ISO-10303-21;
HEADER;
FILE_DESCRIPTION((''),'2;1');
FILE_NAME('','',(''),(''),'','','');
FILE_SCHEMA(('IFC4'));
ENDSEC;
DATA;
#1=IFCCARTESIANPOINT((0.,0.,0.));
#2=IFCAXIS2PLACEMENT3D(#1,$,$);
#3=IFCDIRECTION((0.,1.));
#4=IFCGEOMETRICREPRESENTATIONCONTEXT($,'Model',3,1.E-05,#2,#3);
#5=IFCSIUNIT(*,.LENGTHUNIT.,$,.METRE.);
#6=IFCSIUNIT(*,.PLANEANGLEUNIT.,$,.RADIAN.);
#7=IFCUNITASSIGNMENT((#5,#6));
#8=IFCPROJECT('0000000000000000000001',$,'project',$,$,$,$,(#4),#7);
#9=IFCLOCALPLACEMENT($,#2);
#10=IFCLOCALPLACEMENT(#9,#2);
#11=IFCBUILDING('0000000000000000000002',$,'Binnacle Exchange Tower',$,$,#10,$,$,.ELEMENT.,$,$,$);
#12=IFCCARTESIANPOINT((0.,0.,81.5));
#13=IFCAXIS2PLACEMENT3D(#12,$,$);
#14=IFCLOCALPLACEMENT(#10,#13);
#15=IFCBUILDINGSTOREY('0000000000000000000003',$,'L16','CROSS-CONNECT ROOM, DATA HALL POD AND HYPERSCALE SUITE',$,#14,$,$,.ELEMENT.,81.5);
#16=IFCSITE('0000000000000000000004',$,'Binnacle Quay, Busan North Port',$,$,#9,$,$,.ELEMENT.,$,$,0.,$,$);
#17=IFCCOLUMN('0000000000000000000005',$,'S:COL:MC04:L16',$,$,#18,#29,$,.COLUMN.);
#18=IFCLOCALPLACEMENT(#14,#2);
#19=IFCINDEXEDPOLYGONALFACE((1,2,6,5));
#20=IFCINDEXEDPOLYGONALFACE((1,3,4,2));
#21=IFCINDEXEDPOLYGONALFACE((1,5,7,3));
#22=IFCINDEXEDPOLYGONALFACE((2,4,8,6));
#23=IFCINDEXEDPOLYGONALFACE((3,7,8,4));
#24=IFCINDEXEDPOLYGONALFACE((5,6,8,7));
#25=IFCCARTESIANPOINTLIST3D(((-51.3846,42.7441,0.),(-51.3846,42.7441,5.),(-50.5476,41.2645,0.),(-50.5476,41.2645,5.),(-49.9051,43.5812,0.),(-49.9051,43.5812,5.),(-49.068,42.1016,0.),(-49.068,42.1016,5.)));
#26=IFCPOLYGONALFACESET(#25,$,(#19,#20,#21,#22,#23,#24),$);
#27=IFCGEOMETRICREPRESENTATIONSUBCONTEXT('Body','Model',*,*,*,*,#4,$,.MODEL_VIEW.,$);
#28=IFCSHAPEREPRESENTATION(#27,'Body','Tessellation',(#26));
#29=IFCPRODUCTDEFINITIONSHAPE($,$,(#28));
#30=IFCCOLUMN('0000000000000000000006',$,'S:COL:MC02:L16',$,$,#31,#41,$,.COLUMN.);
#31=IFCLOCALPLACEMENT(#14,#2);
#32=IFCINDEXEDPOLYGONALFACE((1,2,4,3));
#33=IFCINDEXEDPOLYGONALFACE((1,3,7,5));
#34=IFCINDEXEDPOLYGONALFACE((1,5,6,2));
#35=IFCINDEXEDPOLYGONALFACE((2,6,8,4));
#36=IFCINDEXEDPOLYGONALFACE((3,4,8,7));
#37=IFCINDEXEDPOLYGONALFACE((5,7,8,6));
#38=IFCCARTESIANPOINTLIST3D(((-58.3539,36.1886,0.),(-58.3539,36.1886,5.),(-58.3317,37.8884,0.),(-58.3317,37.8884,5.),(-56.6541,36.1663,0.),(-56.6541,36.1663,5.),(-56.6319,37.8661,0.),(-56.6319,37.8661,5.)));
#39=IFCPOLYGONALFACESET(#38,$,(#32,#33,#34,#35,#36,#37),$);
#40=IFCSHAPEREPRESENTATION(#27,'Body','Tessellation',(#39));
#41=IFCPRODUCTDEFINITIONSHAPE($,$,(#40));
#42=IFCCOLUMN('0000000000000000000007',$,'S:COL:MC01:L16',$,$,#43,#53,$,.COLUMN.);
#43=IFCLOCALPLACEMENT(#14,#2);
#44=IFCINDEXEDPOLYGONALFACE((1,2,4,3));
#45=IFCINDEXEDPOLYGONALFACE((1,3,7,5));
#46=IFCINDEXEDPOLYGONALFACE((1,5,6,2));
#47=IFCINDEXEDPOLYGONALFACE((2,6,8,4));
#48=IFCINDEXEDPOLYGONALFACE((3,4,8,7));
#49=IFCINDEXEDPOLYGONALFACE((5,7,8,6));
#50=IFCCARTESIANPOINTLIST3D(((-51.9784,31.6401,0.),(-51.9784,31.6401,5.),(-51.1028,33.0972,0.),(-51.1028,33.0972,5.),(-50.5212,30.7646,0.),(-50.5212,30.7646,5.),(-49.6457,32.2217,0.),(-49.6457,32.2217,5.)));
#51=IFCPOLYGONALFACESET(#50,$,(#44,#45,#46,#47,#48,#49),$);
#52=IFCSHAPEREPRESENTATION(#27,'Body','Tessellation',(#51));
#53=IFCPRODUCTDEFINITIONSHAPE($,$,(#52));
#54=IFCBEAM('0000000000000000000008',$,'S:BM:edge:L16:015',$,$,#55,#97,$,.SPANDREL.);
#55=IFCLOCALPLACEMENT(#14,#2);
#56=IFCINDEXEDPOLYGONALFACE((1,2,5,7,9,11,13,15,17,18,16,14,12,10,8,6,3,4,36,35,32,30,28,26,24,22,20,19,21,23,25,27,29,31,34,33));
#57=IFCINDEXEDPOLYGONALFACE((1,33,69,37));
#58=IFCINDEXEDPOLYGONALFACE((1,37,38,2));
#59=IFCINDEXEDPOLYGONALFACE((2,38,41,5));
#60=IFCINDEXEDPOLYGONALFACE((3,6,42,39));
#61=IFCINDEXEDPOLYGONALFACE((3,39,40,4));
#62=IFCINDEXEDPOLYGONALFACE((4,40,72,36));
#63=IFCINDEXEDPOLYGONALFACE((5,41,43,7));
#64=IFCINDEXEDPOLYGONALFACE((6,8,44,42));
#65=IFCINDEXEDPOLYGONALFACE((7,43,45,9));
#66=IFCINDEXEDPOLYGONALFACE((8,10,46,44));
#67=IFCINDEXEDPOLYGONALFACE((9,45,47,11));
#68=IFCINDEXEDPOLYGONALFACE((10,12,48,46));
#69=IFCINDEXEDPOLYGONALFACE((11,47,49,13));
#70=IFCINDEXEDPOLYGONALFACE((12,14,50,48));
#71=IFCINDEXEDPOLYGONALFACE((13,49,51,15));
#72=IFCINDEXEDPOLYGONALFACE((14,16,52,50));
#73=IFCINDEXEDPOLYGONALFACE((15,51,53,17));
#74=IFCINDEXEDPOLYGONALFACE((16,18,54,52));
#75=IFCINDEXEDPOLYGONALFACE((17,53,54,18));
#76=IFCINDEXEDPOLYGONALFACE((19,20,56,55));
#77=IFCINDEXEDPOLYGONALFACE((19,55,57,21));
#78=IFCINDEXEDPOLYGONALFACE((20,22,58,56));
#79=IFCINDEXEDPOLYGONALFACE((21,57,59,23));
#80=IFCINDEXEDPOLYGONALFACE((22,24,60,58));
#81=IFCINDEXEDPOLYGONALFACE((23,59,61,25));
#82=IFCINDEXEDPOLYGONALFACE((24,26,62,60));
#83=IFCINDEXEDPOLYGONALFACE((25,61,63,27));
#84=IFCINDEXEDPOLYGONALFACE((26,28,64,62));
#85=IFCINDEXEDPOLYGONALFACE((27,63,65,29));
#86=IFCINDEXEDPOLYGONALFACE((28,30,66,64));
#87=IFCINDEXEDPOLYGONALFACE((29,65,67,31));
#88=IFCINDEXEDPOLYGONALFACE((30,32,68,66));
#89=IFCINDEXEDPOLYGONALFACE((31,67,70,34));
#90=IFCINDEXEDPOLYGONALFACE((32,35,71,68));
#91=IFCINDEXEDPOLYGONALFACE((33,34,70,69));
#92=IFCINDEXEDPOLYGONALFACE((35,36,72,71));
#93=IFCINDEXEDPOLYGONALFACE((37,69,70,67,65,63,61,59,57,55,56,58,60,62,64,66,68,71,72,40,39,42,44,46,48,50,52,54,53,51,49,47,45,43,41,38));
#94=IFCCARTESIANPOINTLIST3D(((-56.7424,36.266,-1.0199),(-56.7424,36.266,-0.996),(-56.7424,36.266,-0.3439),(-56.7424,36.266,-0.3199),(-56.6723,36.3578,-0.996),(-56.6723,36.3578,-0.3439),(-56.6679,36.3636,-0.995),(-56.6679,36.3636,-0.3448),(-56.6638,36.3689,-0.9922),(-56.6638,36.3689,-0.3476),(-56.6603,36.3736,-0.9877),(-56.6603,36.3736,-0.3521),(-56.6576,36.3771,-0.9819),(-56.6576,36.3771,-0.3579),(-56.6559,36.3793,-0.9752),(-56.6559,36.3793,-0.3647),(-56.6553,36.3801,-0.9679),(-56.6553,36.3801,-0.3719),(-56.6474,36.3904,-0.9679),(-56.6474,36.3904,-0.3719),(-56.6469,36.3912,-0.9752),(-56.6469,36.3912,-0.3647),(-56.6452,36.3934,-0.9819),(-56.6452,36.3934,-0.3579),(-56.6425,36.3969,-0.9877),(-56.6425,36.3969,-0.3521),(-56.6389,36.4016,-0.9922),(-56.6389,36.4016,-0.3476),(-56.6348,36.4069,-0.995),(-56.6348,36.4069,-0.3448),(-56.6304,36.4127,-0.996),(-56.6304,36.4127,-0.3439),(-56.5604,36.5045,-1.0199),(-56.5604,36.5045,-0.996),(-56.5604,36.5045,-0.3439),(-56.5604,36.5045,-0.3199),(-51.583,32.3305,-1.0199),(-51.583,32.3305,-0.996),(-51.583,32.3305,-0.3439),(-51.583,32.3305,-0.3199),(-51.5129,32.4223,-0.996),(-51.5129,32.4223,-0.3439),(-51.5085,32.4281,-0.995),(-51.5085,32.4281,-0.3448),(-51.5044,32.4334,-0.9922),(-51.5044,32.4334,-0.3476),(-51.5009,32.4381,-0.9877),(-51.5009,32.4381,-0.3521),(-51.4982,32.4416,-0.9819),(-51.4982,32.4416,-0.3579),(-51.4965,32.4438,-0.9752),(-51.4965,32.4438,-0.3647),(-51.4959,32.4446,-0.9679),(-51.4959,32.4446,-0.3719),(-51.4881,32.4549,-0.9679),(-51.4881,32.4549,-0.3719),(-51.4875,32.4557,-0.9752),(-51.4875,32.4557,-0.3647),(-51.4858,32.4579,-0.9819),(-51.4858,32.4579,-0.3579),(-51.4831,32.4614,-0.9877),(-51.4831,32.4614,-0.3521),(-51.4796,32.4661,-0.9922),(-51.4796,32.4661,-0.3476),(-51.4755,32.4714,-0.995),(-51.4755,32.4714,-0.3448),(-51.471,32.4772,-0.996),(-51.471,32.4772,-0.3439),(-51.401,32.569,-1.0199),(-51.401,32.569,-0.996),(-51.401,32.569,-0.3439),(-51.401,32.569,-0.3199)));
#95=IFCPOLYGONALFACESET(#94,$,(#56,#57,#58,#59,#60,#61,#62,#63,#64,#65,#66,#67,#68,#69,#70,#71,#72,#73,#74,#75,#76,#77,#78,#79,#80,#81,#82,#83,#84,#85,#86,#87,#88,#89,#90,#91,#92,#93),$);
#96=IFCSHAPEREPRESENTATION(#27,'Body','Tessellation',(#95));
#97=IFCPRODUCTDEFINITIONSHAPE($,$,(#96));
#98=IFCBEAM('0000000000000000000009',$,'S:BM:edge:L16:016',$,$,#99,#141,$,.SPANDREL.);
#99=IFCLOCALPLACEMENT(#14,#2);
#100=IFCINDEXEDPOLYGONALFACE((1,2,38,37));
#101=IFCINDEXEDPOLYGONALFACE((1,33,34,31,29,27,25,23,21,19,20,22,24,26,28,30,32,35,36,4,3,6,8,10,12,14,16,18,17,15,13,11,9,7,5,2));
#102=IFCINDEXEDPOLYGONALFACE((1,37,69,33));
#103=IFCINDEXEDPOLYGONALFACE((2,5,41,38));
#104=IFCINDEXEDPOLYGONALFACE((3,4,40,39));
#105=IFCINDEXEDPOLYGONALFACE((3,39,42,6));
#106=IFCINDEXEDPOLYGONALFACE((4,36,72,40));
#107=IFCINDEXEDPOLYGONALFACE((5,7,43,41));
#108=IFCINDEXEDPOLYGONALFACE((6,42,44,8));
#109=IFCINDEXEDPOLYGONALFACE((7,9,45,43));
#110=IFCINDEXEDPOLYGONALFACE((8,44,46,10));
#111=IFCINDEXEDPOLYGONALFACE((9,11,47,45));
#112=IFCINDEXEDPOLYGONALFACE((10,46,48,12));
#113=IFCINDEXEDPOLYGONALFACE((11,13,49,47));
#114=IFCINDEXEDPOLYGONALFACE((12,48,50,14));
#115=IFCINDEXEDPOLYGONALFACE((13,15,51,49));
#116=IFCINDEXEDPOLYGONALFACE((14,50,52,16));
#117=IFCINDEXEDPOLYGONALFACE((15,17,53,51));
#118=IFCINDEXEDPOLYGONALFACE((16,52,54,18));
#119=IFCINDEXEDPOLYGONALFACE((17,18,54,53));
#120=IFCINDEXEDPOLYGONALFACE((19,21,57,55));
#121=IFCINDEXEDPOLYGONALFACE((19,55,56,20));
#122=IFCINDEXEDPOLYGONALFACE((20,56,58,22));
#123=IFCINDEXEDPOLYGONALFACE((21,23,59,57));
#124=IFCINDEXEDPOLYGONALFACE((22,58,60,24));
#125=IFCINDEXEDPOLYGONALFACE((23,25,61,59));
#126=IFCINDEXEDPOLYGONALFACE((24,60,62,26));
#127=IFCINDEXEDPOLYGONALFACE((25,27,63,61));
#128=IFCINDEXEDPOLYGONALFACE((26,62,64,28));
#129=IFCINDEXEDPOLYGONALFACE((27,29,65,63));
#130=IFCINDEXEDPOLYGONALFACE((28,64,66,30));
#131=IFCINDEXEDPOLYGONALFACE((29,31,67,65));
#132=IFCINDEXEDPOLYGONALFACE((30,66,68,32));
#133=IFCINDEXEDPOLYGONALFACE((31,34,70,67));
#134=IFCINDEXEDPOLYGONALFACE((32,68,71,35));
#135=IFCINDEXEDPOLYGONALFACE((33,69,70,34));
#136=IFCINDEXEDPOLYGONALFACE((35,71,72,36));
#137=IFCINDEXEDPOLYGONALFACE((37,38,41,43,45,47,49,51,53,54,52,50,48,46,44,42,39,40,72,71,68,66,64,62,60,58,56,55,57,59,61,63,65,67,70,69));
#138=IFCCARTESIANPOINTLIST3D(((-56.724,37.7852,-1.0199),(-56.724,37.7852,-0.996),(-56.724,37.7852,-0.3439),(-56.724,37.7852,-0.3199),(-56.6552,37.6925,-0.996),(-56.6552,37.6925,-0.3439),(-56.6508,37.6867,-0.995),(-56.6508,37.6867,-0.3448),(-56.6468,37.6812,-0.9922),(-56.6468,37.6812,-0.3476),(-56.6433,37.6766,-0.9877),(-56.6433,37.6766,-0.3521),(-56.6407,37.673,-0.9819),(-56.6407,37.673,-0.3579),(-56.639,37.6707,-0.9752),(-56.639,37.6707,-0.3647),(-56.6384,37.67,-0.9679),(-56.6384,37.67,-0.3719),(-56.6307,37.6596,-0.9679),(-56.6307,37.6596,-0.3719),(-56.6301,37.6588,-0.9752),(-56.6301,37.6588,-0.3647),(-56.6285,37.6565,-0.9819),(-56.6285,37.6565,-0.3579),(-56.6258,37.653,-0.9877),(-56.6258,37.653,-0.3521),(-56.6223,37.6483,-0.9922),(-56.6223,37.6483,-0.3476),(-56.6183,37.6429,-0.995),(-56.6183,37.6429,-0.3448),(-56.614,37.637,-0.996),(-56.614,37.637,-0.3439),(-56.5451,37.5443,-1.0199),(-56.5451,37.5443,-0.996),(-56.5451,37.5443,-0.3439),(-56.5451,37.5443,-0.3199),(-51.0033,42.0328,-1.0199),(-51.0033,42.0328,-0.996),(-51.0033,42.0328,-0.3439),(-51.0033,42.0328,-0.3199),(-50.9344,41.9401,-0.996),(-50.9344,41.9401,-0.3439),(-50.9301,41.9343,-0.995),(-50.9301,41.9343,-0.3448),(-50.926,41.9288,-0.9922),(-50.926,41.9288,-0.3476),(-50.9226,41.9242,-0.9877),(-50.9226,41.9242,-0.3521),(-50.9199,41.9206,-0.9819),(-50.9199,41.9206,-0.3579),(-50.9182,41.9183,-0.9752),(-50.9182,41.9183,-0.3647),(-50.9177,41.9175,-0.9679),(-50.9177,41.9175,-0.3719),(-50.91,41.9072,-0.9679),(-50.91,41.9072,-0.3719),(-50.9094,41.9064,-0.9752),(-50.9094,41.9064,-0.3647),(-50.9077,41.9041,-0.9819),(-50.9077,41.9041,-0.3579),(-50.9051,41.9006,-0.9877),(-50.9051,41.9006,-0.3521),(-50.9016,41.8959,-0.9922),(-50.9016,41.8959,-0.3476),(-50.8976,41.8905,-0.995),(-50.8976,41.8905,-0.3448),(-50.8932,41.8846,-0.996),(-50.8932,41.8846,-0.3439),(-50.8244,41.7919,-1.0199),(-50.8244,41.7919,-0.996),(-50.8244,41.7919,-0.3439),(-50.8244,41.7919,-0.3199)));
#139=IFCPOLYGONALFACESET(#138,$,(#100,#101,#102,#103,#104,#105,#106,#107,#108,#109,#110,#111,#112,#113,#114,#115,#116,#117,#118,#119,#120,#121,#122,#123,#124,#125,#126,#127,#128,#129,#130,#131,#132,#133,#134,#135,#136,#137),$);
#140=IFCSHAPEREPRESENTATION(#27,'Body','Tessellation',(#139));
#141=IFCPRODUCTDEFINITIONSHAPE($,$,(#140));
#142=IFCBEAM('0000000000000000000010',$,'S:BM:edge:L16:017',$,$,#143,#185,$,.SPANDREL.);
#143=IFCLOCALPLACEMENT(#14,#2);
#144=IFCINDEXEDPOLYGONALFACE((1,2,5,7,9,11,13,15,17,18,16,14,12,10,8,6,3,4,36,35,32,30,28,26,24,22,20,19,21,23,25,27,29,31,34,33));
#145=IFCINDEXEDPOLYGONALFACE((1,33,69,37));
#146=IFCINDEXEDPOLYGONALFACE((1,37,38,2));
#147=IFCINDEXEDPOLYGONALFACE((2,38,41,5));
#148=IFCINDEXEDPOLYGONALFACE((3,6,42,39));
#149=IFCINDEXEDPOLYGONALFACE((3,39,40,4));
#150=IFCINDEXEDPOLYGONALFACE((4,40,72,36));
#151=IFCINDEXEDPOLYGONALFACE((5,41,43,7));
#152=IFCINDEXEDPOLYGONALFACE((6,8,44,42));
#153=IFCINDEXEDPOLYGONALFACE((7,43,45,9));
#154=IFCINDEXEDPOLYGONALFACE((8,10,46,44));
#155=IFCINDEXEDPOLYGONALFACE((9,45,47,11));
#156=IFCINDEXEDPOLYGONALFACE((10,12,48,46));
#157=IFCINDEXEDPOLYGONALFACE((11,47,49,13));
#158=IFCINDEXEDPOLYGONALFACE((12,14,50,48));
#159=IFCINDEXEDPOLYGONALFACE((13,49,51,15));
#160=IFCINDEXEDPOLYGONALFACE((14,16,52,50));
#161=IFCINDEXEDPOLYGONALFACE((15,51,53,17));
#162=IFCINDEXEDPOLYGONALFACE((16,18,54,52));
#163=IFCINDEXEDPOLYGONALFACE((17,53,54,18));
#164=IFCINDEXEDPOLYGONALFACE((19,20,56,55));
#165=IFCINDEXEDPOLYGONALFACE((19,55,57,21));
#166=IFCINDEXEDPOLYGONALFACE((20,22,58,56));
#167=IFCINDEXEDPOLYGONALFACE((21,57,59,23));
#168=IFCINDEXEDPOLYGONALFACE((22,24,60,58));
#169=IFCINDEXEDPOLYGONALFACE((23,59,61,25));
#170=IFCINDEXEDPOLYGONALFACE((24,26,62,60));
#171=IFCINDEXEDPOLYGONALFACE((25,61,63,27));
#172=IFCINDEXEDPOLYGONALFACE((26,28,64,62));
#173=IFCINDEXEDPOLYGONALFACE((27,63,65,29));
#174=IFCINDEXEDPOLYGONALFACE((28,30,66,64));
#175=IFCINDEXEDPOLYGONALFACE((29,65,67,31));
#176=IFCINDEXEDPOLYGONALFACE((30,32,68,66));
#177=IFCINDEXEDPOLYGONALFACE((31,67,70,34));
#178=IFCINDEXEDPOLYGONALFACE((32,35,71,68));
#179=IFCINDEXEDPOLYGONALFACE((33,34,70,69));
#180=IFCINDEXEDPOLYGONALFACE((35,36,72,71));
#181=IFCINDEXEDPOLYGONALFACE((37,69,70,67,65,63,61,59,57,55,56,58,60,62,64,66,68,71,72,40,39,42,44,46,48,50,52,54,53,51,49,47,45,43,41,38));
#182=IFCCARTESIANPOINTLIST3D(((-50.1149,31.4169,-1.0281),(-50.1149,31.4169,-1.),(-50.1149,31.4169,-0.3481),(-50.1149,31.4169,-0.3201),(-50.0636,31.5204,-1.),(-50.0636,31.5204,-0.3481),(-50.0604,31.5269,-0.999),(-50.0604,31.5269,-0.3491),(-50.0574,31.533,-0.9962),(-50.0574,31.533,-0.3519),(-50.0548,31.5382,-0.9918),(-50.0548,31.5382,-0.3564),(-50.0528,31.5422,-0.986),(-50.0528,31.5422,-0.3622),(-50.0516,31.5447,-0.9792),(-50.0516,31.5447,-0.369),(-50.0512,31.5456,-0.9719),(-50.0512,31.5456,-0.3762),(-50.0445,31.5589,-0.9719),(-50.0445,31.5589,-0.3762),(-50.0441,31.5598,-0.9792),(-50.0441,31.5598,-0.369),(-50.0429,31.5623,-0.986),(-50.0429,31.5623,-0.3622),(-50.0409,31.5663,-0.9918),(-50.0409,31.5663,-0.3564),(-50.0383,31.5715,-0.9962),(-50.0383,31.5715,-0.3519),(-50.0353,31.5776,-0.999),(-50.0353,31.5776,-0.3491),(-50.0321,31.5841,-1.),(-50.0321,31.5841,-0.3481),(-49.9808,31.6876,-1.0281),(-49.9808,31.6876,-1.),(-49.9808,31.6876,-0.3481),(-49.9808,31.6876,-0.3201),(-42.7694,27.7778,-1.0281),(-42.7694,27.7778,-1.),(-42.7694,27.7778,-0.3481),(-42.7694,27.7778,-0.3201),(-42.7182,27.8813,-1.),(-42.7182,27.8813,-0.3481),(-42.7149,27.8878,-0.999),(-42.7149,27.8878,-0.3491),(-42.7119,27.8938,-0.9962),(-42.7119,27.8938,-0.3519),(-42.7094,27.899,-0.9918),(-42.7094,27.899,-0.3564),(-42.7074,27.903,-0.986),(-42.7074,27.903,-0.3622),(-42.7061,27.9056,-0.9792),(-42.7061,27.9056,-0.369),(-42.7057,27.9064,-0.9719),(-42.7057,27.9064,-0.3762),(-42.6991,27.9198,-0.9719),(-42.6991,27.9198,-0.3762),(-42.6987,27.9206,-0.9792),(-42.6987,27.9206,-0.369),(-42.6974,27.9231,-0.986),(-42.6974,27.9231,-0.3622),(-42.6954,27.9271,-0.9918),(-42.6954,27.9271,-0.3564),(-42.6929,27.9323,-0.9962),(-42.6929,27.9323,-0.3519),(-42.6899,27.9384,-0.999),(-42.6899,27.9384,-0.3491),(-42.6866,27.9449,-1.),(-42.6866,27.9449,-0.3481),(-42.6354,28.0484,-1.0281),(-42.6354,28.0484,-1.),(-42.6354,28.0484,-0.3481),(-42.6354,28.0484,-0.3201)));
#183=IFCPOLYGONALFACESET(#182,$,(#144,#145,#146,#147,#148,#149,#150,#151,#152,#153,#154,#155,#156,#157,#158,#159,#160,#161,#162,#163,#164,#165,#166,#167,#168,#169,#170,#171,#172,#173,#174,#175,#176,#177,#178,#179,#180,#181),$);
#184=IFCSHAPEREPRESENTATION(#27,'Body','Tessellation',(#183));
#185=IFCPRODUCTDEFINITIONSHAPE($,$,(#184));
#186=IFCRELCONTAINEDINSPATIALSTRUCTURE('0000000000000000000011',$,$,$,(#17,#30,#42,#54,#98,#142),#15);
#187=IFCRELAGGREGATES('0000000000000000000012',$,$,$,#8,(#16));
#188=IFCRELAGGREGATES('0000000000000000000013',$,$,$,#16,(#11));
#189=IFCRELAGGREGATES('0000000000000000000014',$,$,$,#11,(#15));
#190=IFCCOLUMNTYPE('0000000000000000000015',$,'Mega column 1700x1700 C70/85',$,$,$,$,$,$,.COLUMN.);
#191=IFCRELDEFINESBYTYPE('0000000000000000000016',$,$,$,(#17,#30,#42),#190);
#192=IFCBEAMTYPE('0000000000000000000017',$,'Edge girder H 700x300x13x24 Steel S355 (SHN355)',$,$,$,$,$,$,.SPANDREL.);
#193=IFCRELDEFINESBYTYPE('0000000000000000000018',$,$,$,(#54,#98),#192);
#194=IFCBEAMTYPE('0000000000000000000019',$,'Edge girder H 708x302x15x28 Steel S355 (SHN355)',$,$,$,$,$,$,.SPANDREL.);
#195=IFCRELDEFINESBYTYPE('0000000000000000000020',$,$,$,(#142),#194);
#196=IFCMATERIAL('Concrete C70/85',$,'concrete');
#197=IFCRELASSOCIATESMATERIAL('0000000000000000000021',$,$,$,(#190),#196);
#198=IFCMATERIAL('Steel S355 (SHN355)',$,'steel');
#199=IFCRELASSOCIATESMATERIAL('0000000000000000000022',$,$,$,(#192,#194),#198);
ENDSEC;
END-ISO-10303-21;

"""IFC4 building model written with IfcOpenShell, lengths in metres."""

from ifc_helpers import new_model, si_unit, direction, frame, origin, origin_2d, place, context, subcontext, project, spatial, rectangle, i_section, extrude, material, material_profile, profile_set, type_object, element, save


model = new_model("IFC4")

# Units and contexts
model_context = context("Model", 3, precision=1e-05, world=origin(), true_north=direction((0.0, 1.0)))
body_context = subcontext(model_context, "Body", "Model", "MODEL_VIEW")
ifc_project = project(units=[si_unit("LENGTHUNIT", "METRE"), si_unit("PLANEANGLEUNIT", "RADIAN")], contexts=[model_context])

# Site, building, storey
site_placement = place(None, origin())
site = spatial("IfcSite", under=ifc_project, at=site_placement, Name="Binnacle Quay, Busan North Port", CompositionType="ELEMENT", RefElevation=0.0)
building_placement = place(site_placement, origin())
building = spatial("IfcBuilding", under=site, at=building_placement, Name="Binnacle Exchange Tower", CompositionType="ELEMENT")
storey_placement = place(building_placement, frame((0.0, 0.0, 81.5)))
storey = spatial("IfcBuildingStorey", under=building, at=storey_placement, Name="L16", Description="CROSS-CONNECT ROOM, DATA HALL POD AND HYPERSCALE SUITE", CompositionType="ELEMENT", Elevation=81.5)

# Columns
ifc_material_1 = material(Name="Concrete C70/85", Category="concrete")
ifc_material_profile_1 = material_profile(ifc_material_1, rectangle(XDim=1.7, YDim=1.7, at=origin_2d()), Name="Mega column 1700x1700 C70/85")
ifc_profile_set_1 = profile_set([ifc_material_profile_1], Name="Concrete C70/85")
column_type = type_object("IfcColumnType", Name="Mega column 1700x1700 C70/85", PredefinedType="COLUMN", material=ifc_profile_set_1)
for number, where, z_axis, x_axis, name in (
    (1, (-50.2263, 42.4229, 0.0), (0.0, 0.0, 1.0), (-0.870356, -0.492424, 0.0), "S:COL:MC04:L16"),
    (2, (-57.4929, 37.0273, 0.0), (0.0, 0.0, 1.0), (-0.01309, -0.999914, 0.0), "S:COL:MC02:L16"),
    (3, (-50.812, 31.9309, 0.0), (0.0, 0.0, 1.0), (0.857167, -0.515038, 0.0), "S:COL:MC01:L16"),
):
    element("IfcColumn", number, at=place(storey_placement, frame(where, z_axis=z_axis, x_axis=x_axis)), inside=storey, type_object=column_type, Name=name, PredefinedType="COLUMN", context=body_context, shape_type="SweptSolid", body=[
        extrude(rectangle(XDim=1.7, YDim=1.7, at=origin_2d()), origin(), (0.0, 0.0, 1.0), 5.0),
    ])

# Beams
ifc_material_2 = material(Name="Steel S355 (SHN355)", Category="steel")
ifc_material_profile_2 = material_profile(ifc_material_2, i_section(OverallWidth=0.3, OverallDepth=0.7, WebThickness=0.0129, FlangeThickness=0.0239, FilletRadius=0.0281, at=origin_2d()), Name="H 700x300x13x24")
ifc_profile_set_2 = profile_set([ifc_material_profile_2], Name="Steel S355 (SHN355)")
beam_type_1 = type_object("IfcBeamType", Name="Edge girder H 700x300x13x24 Steel S355 (SHN355)", PredefinedType="SPANDREL", material=ifc_profile_set_2)
beam_1_placement = place(storey_placement, frame((-56.6514, 36.3853, -0.6699), z_axis=(0.795093, -0.606487, 0.0), x_axis=(0.606487, 0.795093, 0.0)))
element("IfcBeam", 4, at=beam_1_placement, inside=storey, type_object=beam_type_1, Name="S:BM:edge:L16:015", PredefinedType="SPANDREL", context=body_context, shape_type="SweptSolid", body=[
    extrude(i_section(OverallWidth=0.3, OverallDepth=0.7, WebThickness=0.0129, FlangeThickness=0.0239, FilletRadius=0.0281, at=origin_2d()), origin(), (0.0, 0.0, 1.0), 6.489),
])
beam_2_placement = place(storey_placement, frame((-50.9138, 41.9124, -0.6699), z_axis=(-0.802885, -0.596133, 0.0), x_axis=(0.596133, -0.802885, 0.0)))
element("IfcBeam", 5, at=beam_2_placement, inside=storey, type_object=beam_type_1, Name="S:BM:edge:L16:016", PredefinedType="SPANDREL", context=body_context, shape_type="SweptSolid", body=[
    extrude(i_section(OverallWidth=0.3, OverallDepth=0.7, WebThickness=0.0129, FlangeThickness=0.0239, FilletRadius=0.0281, at=origin_2d()), origin(), (0.0, 0.0, 1.0), 7.1252),
])
ifc_material_profile_3 = material_profile(ifc_material_2, i_section(OverallWidth=0.302, OverallDepth=0.708, WebThickness=0.0149, FlangeThickness=0.0281, FilletRadius=0.0281, at=origin_2d()), Name="H 708x302x15x28")
ifc_profile_set_3 = profile_set([ifc_material_profile_3], Name="Steel S355 (SHN355)")
beam_type_2 = type_object("IfcBeamType", Name="Edge girder H 708x302x15x28 Steel S355 (SHN355)", PredefinedType="SPANDREL", material=ifc_profile_set_3)
beam_3_placement = place(storey_placement, frame((-50.0479, 31.5522, -0.6741), z_axis=(0.896059, -0.443935, 0.0), x_axis=(0.443935, 0.896059, 0.0)))
element("IfcBeam", 6, at=beam_3_placement, inside=storey, type_object=beam_type_2, Name="S:BM:edge:L16:017", PredefinedType="SPANDREL", context=body_context, shape_type="SweptSolid", body=[
    extrude(i_section(OverallWidth=0.302, OverallDepth=0.708, WebThickness=0.0149, FlangeThickness=0.0281, FilletRadius=0.0281, at=origin_2d()), origin(), (0.0, 0.0, 1.0), 8.1975),
])

save(model, "model.ifc")
